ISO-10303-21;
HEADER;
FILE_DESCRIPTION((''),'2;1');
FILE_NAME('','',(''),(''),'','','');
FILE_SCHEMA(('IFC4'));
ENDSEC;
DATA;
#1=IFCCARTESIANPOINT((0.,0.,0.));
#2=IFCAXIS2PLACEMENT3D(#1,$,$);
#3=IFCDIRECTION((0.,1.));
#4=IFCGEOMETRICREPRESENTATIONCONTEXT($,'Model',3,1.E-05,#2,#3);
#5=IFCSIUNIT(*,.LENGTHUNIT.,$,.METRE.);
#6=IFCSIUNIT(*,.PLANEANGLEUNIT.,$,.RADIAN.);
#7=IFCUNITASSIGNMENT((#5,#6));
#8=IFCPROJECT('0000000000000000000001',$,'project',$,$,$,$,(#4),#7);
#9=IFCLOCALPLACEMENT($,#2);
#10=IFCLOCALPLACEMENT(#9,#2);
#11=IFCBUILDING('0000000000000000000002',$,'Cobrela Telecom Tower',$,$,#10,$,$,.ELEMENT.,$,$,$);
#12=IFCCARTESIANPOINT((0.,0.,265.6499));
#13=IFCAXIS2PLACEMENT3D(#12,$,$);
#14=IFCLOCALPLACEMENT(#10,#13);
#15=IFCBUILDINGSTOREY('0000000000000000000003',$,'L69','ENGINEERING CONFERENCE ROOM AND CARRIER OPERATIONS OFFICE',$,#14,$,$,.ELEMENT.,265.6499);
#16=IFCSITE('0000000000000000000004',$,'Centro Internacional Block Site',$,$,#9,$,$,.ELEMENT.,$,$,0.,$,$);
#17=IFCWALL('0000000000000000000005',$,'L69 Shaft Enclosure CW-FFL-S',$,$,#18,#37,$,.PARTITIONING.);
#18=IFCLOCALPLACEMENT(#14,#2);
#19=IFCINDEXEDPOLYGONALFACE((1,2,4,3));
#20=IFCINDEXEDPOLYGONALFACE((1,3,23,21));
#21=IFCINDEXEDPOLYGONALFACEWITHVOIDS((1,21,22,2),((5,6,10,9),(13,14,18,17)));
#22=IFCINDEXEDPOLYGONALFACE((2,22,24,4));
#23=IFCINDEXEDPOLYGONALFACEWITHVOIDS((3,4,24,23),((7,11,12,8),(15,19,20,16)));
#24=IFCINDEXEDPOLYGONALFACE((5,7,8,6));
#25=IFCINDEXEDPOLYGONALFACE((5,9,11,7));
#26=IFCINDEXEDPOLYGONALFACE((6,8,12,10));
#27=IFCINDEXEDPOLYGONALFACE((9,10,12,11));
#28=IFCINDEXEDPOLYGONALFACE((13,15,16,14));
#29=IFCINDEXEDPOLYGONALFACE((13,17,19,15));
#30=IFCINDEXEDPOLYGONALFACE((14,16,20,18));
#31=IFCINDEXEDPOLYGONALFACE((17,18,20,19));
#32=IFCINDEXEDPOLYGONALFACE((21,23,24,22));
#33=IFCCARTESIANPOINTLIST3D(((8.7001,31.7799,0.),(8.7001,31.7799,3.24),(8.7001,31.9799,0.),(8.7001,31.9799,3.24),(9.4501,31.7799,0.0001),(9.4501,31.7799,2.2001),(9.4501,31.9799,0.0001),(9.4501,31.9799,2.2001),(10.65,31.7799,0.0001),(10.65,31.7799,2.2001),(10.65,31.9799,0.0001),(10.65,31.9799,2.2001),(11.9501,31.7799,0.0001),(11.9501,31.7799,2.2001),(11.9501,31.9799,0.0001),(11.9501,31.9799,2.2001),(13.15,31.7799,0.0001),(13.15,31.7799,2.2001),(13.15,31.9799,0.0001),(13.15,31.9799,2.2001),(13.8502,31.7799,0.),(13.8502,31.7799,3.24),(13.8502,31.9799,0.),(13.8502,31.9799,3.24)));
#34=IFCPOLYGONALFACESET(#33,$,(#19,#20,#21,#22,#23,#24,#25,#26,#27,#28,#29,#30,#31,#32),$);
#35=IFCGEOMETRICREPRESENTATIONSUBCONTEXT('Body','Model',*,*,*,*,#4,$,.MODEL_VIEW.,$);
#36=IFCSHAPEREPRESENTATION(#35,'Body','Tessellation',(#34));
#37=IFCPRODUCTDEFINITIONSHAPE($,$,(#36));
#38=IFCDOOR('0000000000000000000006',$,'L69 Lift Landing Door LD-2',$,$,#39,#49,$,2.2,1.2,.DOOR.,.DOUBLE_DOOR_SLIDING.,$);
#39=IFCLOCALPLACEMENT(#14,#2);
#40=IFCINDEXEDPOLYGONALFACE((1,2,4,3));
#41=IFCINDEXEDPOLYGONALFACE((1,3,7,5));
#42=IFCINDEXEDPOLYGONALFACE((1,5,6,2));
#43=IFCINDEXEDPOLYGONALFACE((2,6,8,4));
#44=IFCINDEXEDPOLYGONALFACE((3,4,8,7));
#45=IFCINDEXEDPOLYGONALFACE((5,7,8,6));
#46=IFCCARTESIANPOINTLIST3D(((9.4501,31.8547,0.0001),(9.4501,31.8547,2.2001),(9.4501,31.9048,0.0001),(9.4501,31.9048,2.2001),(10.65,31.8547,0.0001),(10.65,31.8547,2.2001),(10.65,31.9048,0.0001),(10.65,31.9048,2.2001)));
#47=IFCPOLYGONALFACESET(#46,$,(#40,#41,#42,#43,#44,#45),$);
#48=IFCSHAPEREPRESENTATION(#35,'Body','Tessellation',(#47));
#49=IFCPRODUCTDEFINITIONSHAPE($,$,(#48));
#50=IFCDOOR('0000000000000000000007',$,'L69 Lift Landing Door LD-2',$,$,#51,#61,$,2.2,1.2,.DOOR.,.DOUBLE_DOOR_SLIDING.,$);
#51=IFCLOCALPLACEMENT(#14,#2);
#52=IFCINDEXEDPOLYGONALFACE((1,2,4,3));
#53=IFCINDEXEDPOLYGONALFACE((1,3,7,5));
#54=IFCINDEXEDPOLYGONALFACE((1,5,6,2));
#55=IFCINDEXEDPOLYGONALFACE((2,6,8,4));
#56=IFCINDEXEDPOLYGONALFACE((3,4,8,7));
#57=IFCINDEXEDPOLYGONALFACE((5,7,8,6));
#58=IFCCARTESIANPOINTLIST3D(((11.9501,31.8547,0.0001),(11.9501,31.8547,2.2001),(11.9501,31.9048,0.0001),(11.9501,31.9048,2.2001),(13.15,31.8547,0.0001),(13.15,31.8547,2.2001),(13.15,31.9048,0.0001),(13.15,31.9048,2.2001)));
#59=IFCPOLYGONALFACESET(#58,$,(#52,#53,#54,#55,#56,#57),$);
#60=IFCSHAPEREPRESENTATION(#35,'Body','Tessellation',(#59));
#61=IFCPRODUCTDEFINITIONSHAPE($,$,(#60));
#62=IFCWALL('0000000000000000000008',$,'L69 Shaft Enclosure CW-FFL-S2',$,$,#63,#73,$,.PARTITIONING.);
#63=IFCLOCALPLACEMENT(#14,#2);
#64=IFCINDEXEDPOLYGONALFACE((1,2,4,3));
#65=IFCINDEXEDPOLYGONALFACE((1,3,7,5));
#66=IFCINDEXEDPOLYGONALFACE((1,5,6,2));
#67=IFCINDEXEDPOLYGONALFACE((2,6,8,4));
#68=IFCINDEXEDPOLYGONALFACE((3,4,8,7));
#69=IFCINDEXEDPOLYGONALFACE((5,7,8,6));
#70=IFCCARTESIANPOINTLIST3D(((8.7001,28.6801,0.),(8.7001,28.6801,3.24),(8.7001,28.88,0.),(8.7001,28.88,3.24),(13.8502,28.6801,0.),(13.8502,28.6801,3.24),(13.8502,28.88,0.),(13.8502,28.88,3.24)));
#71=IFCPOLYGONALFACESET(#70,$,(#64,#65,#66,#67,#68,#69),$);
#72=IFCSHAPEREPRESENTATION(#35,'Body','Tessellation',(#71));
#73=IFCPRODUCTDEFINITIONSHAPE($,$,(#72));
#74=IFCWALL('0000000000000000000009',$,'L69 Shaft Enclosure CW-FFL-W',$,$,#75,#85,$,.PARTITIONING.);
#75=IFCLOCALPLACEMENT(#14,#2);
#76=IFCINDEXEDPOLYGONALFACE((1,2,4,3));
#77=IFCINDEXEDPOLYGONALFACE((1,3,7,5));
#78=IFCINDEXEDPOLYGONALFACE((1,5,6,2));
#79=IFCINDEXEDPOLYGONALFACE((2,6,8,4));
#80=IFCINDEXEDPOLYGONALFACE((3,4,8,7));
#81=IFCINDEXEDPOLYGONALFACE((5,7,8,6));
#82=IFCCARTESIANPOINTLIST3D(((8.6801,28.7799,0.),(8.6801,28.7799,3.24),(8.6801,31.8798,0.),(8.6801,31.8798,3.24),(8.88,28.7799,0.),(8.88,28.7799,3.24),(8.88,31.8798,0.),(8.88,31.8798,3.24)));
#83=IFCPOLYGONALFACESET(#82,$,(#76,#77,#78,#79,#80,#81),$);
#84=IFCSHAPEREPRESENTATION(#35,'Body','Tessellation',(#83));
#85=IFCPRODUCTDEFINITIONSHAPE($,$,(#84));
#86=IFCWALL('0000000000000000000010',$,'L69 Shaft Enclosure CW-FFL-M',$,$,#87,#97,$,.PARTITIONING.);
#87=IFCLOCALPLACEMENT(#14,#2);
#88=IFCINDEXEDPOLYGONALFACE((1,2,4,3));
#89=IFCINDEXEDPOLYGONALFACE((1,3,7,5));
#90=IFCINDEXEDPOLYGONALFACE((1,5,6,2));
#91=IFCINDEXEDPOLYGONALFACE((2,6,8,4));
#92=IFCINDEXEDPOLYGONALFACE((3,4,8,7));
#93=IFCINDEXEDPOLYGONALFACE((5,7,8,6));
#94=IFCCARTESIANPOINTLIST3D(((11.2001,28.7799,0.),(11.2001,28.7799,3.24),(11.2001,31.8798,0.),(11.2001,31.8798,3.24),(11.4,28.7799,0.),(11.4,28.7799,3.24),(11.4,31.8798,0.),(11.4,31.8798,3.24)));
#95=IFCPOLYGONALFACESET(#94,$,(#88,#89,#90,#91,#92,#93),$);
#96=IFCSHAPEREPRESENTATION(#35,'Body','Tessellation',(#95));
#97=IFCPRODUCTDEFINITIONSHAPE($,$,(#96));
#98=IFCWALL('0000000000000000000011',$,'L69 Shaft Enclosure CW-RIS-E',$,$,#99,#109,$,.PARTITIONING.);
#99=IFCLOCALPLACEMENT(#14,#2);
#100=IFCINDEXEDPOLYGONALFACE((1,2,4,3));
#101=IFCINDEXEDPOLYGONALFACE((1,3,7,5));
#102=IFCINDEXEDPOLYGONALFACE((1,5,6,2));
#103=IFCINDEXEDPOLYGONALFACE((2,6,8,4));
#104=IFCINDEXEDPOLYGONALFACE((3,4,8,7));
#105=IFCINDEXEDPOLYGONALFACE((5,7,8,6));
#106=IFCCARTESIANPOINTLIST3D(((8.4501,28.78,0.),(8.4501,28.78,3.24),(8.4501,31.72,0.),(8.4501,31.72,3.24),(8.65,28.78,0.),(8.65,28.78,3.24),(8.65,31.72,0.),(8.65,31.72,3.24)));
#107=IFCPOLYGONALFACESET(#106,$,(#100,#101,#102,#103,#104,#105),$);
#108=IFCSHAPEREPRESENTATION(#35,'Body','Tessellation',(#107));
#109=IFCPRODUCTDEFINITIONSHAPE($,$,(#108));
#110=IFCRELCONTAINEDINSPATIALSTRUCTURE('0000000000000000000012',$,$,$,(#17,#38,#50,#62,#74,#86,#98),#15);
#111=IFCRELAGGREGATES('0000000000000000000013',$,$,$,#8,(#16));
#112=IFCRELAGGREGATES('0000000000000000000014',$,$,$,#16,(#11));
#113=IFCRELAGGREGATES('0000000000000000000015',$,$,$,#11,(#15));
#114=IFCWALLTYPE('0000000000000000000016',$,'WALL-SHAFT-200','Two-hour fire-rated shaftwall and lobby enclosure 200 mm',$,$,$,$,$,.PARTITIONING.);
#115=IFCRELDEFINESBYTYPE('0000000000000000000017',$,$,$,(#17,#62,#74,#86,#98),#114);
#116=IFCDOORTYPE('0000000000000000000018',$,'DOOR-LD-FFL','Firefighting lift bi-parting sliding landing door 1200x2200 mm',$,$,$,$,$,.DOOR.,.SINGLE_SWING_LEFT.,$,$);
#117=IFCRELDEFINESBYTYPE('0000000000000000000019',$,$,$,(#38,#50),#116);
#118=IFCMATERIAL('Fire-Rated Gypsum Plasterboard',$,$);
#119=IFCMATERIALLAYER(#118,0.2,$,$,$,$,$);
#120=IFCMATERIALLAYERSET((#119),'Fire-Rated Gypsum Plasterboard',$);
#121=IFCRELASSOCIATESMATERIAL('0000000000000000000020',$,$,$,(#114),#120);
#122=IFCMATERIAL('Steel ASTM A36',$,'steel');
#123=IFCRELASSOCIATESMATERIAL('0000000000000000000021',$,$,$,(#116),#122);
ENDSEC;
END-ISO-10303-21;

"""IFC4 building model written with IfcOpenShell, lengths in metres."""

from ifc_helpers import new_model, si_unit, direction, frame, frame_2d, origin, place, context, subcontext, project, spatial, rectangle, extrude, material, layer, layer_set, type_object, element, fill, save


model = new_model("IFC4")

# Units and contexts
model_context = context("Model", 3, precision=1e-05, world=origin(), true_north=direction((0.0, 1.0)))
body_context = subcontext(model_context, "Body", "Model", "MODEL_VIEW")
ifc_project = project(units=[si_unit("LENGTHUNIT", "METRE"), si_unit("PLANEANGLEUNIT", "RADIAN")], contexts=[model_context])

# Site, building, storey
site_placement = place(None, origin())
site = spatial("IfcSite", under=ifc_project, at=site_placement, Name="Centro Internacional Block Site", CompositionType="ELEMENT", RefElevation=0.0)
building_placement = place(site_placement, origin())
building = spatial("IfcBuilding", under=site, at=building_placement, Name="Cobrela Telecom Tower", CompositionType="ELEMENT")
storey_placement = place(building_placement, frame((0.0, 0.0, 265.6499)))
storey = spatial("IfcBuildingStorey", under=building, at=storey_placement, Name="L69", Description="ENGINEERING CONFERENCE ROOM AND CARRIER OPERATIONS OFFICE", CompositionType="ELEMENT", Elevation=265.6499)

# Shared definitions
ifc_material_1 = material(Name="Steel ASTM A36", Category="steel")

# Shared definitions
ifc_material_2 = material(Name="Fire-Rated Gypsum Plasterboard")

# Wall, openings, doors
ifc_layer_1 = layer(ifc_material_2, 0.2)
ifc_layer_set_1 = layer_set([ifc_layer_1], Name="Fire-Rated Gypsum Plasterboard")
wall_type_1 = type_object("IfcWallType", Name="WALL-SHAFT-200", Description="Two-hour fire-rated shaftwall and lobby enclosure 200 mm", PredefinedType="PARTITIONING", material=ifc_layer_set_1)
wall_1_placement = place(storey_placement, frame((8.7, 31.8799, 0.0), z_axis=(0.0, 0.0, 1.0), x_axis=(1.0, 0.0, 0.0)))
wall_1 = element("IfcWall", 1, at=wall_1_placement, inside=storey, type_object=wall_type_1, Name="L69 Shaft Enclosure CW-FFL-S", PredefinedType="PARTITIONING", context=body_context, shape_type="SweptSolid", body=[
    extrude(rectangle(XDim=5.1501, YDim=0.2, at=frame_2d((2.5752, 0.0))), origin(), (0.0, 0.0, 1.0), 3.24),
])
opening_1_placement = place(wall_1_placement, frame((0.75, 0.0, 0.0)))
opening_1 = element("IfcOpeningElement", 2, at=opening_1_placement, cuts=wall_1, PredefinedType="OPENING", context=body_context, shape_type="SweptSolid", body=[
    extrude(rectangle(XDim=1.2, YDim=2.2, at=frame_2d((0.6001, 1.1001))), frame((0.0, 0.1118, 0.0), z_axis=(0.0, -1.0, 0.0), x_axis=(1.0, 0.0, 0.0)), (0.0, 0.0, 1.0), 0.2239),
])
opening_2_placement = place(wall_1_placement, frame((3.25, 0.0, 0.0)))
opening_2 = element("IfcOpeningElement", 3, at=opening_2_placement, cuts=wall_1, PredefinedType="OPENING", context=body_context, shape_type="SweptSolid", body=[
    extrude(rectangle(XDim=1.2, YDim=2.2, at=frame_2d((0.6001, 1.1001))), frame((0.0, 0.1118, 0.0), z_axis=(0.0, -1.0, 0.0), x_axis=(1.0, 0.0, 0.0)), (0.0, 0.0, 1.0), 0.2239),
])
door_type_1 = type_object("IfcDoorType", Name="DOOR-LD-FFL", Description="Firefighting lift bi-parting sliding landing door 1200x2200 mm", OperationType="SINGLE_SWING_LEFT", PredefinedType="DOOR", material=ifc_material_1)
door_1_placement = place(opening_1_placement, origin())
door_1 = element("IfcDoor", 4, at=door_1_placement, inside=storey, type_object=door_type_1, Name="L69 Lift Landing Door LD-2", OperationType="DOUBLE_DOOR_SLIDING", OverallHeight=2.2, OverallWidth=1.2, PredefinedType="DOOR", context=body_context, shape_type="SweptSolid", body=[
    extrude(rectangle(XDim=1.2, YDim=2.2, at=frame_2d((0.6001, 1.1001))), frame((0.0, 0.0249, 0.0), z_axis=(0.0, -1.0, 0.0), x_axis=(1.0, 0.0, 0.0)), (0.0, 0.0, 1.0), 0.05),
])
fill(opening_1, door_1)
door_2_placement = place(opening_2_placement, origin())
door_2 = element("IfcDoor", 5, at=door_2_placement, inside=storey, type_object=door_type_1, Name="L69 Lift Landing Door LD-2", OperationType="DOUBLE_DOOR_SLIDING", OverallHeight=2.2, OverallWidth=1.2, PredefinedType="DOOR", context=body_context, shape_type="SweptSolid", body=[
    extrude(rectangle(XDim=1.2, YDim=2.2, at=frame_2d((0.6001, 1.1001))), frame((0.0, 0.0249, 0.0), z_axis=(0.0, -1.0, 0.0), x_axis=(1.0, 0.0, 0.0)), (0.0, 0.0, 1.0), 0.05),
])
fill(opening_2, door_2)

# Walls
wall_2_placement = place(storey_placement, frame((8.7, 28.78, 0.0), z_axis=(0.0, 0.0, 1.0), x_axis=(1.0, 0.0, 0.0)))
element("IfcWall", 6, at=wall_2_placement, inside=storey, type_object=wall_type_1, Name="L69 Shaft Enclosure CW-FFL-S2", PredefinedType="PARTITIONING", context=body_context, shape_type="SweptSolid", body=[
    extrude(rectangle(XDim=5.1501, YDim=0.2, at=frame_2d((2.5752, 0.0))), origin(), (0.0, 0.0, 1.0), 3.24),
])
for number, where, z_axis, x_axis, name in (
    (7, (8.78, 28.78, 0.0), (0.0, 0.0, 1.0), (0.0, 1.0, 0.0), "L69 Shaft Enclosure CW-FFL-W"),
    (8, (11.3, 28.78, 0.0), (0.0, 0.0, 1.0), (0.0, 1.0, 0.0), "L69 Shaft Enclosure CW-FFL-M"),
):
    element("IfcWall", number, at=place(storey_placement, frame(where, z_axis=z_axis, x_axis=x_axis)), inside=storey, type_object=wall_type_1, Name=name, PredefinedType="PARTITIONING", context=body_context, shape_type="SweptSolid", body=[
        extrude(rectangle(XDim=3.0999, YDim=0.2, at=frame_2d((1.5498, 0.0))), origin(), (0.0, 0.0, 1.0), 3.24),
    ])
wall_3_placement = place(storey_placement, frame((8.55, 28.78, 0.0), z_axis=(0.0, 0.0, 1.0), x_axis=(0.0, 1.0, 0.0)))
element("IfcWall", 9, at=wall_3_placement, inside=storey, type_object=wall_type_1, Name="L69 Shaft Enclosure CW-RIS-E", PredefinedType="PARTITIONING", context=body_context, shape_type="SweptSolid", body=[
    extrude(rectangle(XDim=2.9399, YDim=0.2, at=frame_2d((1.47, 0.0))), origin(), (0.0, 0.0, 1.0), 3.24),
])

save(model, "model.ifc")
